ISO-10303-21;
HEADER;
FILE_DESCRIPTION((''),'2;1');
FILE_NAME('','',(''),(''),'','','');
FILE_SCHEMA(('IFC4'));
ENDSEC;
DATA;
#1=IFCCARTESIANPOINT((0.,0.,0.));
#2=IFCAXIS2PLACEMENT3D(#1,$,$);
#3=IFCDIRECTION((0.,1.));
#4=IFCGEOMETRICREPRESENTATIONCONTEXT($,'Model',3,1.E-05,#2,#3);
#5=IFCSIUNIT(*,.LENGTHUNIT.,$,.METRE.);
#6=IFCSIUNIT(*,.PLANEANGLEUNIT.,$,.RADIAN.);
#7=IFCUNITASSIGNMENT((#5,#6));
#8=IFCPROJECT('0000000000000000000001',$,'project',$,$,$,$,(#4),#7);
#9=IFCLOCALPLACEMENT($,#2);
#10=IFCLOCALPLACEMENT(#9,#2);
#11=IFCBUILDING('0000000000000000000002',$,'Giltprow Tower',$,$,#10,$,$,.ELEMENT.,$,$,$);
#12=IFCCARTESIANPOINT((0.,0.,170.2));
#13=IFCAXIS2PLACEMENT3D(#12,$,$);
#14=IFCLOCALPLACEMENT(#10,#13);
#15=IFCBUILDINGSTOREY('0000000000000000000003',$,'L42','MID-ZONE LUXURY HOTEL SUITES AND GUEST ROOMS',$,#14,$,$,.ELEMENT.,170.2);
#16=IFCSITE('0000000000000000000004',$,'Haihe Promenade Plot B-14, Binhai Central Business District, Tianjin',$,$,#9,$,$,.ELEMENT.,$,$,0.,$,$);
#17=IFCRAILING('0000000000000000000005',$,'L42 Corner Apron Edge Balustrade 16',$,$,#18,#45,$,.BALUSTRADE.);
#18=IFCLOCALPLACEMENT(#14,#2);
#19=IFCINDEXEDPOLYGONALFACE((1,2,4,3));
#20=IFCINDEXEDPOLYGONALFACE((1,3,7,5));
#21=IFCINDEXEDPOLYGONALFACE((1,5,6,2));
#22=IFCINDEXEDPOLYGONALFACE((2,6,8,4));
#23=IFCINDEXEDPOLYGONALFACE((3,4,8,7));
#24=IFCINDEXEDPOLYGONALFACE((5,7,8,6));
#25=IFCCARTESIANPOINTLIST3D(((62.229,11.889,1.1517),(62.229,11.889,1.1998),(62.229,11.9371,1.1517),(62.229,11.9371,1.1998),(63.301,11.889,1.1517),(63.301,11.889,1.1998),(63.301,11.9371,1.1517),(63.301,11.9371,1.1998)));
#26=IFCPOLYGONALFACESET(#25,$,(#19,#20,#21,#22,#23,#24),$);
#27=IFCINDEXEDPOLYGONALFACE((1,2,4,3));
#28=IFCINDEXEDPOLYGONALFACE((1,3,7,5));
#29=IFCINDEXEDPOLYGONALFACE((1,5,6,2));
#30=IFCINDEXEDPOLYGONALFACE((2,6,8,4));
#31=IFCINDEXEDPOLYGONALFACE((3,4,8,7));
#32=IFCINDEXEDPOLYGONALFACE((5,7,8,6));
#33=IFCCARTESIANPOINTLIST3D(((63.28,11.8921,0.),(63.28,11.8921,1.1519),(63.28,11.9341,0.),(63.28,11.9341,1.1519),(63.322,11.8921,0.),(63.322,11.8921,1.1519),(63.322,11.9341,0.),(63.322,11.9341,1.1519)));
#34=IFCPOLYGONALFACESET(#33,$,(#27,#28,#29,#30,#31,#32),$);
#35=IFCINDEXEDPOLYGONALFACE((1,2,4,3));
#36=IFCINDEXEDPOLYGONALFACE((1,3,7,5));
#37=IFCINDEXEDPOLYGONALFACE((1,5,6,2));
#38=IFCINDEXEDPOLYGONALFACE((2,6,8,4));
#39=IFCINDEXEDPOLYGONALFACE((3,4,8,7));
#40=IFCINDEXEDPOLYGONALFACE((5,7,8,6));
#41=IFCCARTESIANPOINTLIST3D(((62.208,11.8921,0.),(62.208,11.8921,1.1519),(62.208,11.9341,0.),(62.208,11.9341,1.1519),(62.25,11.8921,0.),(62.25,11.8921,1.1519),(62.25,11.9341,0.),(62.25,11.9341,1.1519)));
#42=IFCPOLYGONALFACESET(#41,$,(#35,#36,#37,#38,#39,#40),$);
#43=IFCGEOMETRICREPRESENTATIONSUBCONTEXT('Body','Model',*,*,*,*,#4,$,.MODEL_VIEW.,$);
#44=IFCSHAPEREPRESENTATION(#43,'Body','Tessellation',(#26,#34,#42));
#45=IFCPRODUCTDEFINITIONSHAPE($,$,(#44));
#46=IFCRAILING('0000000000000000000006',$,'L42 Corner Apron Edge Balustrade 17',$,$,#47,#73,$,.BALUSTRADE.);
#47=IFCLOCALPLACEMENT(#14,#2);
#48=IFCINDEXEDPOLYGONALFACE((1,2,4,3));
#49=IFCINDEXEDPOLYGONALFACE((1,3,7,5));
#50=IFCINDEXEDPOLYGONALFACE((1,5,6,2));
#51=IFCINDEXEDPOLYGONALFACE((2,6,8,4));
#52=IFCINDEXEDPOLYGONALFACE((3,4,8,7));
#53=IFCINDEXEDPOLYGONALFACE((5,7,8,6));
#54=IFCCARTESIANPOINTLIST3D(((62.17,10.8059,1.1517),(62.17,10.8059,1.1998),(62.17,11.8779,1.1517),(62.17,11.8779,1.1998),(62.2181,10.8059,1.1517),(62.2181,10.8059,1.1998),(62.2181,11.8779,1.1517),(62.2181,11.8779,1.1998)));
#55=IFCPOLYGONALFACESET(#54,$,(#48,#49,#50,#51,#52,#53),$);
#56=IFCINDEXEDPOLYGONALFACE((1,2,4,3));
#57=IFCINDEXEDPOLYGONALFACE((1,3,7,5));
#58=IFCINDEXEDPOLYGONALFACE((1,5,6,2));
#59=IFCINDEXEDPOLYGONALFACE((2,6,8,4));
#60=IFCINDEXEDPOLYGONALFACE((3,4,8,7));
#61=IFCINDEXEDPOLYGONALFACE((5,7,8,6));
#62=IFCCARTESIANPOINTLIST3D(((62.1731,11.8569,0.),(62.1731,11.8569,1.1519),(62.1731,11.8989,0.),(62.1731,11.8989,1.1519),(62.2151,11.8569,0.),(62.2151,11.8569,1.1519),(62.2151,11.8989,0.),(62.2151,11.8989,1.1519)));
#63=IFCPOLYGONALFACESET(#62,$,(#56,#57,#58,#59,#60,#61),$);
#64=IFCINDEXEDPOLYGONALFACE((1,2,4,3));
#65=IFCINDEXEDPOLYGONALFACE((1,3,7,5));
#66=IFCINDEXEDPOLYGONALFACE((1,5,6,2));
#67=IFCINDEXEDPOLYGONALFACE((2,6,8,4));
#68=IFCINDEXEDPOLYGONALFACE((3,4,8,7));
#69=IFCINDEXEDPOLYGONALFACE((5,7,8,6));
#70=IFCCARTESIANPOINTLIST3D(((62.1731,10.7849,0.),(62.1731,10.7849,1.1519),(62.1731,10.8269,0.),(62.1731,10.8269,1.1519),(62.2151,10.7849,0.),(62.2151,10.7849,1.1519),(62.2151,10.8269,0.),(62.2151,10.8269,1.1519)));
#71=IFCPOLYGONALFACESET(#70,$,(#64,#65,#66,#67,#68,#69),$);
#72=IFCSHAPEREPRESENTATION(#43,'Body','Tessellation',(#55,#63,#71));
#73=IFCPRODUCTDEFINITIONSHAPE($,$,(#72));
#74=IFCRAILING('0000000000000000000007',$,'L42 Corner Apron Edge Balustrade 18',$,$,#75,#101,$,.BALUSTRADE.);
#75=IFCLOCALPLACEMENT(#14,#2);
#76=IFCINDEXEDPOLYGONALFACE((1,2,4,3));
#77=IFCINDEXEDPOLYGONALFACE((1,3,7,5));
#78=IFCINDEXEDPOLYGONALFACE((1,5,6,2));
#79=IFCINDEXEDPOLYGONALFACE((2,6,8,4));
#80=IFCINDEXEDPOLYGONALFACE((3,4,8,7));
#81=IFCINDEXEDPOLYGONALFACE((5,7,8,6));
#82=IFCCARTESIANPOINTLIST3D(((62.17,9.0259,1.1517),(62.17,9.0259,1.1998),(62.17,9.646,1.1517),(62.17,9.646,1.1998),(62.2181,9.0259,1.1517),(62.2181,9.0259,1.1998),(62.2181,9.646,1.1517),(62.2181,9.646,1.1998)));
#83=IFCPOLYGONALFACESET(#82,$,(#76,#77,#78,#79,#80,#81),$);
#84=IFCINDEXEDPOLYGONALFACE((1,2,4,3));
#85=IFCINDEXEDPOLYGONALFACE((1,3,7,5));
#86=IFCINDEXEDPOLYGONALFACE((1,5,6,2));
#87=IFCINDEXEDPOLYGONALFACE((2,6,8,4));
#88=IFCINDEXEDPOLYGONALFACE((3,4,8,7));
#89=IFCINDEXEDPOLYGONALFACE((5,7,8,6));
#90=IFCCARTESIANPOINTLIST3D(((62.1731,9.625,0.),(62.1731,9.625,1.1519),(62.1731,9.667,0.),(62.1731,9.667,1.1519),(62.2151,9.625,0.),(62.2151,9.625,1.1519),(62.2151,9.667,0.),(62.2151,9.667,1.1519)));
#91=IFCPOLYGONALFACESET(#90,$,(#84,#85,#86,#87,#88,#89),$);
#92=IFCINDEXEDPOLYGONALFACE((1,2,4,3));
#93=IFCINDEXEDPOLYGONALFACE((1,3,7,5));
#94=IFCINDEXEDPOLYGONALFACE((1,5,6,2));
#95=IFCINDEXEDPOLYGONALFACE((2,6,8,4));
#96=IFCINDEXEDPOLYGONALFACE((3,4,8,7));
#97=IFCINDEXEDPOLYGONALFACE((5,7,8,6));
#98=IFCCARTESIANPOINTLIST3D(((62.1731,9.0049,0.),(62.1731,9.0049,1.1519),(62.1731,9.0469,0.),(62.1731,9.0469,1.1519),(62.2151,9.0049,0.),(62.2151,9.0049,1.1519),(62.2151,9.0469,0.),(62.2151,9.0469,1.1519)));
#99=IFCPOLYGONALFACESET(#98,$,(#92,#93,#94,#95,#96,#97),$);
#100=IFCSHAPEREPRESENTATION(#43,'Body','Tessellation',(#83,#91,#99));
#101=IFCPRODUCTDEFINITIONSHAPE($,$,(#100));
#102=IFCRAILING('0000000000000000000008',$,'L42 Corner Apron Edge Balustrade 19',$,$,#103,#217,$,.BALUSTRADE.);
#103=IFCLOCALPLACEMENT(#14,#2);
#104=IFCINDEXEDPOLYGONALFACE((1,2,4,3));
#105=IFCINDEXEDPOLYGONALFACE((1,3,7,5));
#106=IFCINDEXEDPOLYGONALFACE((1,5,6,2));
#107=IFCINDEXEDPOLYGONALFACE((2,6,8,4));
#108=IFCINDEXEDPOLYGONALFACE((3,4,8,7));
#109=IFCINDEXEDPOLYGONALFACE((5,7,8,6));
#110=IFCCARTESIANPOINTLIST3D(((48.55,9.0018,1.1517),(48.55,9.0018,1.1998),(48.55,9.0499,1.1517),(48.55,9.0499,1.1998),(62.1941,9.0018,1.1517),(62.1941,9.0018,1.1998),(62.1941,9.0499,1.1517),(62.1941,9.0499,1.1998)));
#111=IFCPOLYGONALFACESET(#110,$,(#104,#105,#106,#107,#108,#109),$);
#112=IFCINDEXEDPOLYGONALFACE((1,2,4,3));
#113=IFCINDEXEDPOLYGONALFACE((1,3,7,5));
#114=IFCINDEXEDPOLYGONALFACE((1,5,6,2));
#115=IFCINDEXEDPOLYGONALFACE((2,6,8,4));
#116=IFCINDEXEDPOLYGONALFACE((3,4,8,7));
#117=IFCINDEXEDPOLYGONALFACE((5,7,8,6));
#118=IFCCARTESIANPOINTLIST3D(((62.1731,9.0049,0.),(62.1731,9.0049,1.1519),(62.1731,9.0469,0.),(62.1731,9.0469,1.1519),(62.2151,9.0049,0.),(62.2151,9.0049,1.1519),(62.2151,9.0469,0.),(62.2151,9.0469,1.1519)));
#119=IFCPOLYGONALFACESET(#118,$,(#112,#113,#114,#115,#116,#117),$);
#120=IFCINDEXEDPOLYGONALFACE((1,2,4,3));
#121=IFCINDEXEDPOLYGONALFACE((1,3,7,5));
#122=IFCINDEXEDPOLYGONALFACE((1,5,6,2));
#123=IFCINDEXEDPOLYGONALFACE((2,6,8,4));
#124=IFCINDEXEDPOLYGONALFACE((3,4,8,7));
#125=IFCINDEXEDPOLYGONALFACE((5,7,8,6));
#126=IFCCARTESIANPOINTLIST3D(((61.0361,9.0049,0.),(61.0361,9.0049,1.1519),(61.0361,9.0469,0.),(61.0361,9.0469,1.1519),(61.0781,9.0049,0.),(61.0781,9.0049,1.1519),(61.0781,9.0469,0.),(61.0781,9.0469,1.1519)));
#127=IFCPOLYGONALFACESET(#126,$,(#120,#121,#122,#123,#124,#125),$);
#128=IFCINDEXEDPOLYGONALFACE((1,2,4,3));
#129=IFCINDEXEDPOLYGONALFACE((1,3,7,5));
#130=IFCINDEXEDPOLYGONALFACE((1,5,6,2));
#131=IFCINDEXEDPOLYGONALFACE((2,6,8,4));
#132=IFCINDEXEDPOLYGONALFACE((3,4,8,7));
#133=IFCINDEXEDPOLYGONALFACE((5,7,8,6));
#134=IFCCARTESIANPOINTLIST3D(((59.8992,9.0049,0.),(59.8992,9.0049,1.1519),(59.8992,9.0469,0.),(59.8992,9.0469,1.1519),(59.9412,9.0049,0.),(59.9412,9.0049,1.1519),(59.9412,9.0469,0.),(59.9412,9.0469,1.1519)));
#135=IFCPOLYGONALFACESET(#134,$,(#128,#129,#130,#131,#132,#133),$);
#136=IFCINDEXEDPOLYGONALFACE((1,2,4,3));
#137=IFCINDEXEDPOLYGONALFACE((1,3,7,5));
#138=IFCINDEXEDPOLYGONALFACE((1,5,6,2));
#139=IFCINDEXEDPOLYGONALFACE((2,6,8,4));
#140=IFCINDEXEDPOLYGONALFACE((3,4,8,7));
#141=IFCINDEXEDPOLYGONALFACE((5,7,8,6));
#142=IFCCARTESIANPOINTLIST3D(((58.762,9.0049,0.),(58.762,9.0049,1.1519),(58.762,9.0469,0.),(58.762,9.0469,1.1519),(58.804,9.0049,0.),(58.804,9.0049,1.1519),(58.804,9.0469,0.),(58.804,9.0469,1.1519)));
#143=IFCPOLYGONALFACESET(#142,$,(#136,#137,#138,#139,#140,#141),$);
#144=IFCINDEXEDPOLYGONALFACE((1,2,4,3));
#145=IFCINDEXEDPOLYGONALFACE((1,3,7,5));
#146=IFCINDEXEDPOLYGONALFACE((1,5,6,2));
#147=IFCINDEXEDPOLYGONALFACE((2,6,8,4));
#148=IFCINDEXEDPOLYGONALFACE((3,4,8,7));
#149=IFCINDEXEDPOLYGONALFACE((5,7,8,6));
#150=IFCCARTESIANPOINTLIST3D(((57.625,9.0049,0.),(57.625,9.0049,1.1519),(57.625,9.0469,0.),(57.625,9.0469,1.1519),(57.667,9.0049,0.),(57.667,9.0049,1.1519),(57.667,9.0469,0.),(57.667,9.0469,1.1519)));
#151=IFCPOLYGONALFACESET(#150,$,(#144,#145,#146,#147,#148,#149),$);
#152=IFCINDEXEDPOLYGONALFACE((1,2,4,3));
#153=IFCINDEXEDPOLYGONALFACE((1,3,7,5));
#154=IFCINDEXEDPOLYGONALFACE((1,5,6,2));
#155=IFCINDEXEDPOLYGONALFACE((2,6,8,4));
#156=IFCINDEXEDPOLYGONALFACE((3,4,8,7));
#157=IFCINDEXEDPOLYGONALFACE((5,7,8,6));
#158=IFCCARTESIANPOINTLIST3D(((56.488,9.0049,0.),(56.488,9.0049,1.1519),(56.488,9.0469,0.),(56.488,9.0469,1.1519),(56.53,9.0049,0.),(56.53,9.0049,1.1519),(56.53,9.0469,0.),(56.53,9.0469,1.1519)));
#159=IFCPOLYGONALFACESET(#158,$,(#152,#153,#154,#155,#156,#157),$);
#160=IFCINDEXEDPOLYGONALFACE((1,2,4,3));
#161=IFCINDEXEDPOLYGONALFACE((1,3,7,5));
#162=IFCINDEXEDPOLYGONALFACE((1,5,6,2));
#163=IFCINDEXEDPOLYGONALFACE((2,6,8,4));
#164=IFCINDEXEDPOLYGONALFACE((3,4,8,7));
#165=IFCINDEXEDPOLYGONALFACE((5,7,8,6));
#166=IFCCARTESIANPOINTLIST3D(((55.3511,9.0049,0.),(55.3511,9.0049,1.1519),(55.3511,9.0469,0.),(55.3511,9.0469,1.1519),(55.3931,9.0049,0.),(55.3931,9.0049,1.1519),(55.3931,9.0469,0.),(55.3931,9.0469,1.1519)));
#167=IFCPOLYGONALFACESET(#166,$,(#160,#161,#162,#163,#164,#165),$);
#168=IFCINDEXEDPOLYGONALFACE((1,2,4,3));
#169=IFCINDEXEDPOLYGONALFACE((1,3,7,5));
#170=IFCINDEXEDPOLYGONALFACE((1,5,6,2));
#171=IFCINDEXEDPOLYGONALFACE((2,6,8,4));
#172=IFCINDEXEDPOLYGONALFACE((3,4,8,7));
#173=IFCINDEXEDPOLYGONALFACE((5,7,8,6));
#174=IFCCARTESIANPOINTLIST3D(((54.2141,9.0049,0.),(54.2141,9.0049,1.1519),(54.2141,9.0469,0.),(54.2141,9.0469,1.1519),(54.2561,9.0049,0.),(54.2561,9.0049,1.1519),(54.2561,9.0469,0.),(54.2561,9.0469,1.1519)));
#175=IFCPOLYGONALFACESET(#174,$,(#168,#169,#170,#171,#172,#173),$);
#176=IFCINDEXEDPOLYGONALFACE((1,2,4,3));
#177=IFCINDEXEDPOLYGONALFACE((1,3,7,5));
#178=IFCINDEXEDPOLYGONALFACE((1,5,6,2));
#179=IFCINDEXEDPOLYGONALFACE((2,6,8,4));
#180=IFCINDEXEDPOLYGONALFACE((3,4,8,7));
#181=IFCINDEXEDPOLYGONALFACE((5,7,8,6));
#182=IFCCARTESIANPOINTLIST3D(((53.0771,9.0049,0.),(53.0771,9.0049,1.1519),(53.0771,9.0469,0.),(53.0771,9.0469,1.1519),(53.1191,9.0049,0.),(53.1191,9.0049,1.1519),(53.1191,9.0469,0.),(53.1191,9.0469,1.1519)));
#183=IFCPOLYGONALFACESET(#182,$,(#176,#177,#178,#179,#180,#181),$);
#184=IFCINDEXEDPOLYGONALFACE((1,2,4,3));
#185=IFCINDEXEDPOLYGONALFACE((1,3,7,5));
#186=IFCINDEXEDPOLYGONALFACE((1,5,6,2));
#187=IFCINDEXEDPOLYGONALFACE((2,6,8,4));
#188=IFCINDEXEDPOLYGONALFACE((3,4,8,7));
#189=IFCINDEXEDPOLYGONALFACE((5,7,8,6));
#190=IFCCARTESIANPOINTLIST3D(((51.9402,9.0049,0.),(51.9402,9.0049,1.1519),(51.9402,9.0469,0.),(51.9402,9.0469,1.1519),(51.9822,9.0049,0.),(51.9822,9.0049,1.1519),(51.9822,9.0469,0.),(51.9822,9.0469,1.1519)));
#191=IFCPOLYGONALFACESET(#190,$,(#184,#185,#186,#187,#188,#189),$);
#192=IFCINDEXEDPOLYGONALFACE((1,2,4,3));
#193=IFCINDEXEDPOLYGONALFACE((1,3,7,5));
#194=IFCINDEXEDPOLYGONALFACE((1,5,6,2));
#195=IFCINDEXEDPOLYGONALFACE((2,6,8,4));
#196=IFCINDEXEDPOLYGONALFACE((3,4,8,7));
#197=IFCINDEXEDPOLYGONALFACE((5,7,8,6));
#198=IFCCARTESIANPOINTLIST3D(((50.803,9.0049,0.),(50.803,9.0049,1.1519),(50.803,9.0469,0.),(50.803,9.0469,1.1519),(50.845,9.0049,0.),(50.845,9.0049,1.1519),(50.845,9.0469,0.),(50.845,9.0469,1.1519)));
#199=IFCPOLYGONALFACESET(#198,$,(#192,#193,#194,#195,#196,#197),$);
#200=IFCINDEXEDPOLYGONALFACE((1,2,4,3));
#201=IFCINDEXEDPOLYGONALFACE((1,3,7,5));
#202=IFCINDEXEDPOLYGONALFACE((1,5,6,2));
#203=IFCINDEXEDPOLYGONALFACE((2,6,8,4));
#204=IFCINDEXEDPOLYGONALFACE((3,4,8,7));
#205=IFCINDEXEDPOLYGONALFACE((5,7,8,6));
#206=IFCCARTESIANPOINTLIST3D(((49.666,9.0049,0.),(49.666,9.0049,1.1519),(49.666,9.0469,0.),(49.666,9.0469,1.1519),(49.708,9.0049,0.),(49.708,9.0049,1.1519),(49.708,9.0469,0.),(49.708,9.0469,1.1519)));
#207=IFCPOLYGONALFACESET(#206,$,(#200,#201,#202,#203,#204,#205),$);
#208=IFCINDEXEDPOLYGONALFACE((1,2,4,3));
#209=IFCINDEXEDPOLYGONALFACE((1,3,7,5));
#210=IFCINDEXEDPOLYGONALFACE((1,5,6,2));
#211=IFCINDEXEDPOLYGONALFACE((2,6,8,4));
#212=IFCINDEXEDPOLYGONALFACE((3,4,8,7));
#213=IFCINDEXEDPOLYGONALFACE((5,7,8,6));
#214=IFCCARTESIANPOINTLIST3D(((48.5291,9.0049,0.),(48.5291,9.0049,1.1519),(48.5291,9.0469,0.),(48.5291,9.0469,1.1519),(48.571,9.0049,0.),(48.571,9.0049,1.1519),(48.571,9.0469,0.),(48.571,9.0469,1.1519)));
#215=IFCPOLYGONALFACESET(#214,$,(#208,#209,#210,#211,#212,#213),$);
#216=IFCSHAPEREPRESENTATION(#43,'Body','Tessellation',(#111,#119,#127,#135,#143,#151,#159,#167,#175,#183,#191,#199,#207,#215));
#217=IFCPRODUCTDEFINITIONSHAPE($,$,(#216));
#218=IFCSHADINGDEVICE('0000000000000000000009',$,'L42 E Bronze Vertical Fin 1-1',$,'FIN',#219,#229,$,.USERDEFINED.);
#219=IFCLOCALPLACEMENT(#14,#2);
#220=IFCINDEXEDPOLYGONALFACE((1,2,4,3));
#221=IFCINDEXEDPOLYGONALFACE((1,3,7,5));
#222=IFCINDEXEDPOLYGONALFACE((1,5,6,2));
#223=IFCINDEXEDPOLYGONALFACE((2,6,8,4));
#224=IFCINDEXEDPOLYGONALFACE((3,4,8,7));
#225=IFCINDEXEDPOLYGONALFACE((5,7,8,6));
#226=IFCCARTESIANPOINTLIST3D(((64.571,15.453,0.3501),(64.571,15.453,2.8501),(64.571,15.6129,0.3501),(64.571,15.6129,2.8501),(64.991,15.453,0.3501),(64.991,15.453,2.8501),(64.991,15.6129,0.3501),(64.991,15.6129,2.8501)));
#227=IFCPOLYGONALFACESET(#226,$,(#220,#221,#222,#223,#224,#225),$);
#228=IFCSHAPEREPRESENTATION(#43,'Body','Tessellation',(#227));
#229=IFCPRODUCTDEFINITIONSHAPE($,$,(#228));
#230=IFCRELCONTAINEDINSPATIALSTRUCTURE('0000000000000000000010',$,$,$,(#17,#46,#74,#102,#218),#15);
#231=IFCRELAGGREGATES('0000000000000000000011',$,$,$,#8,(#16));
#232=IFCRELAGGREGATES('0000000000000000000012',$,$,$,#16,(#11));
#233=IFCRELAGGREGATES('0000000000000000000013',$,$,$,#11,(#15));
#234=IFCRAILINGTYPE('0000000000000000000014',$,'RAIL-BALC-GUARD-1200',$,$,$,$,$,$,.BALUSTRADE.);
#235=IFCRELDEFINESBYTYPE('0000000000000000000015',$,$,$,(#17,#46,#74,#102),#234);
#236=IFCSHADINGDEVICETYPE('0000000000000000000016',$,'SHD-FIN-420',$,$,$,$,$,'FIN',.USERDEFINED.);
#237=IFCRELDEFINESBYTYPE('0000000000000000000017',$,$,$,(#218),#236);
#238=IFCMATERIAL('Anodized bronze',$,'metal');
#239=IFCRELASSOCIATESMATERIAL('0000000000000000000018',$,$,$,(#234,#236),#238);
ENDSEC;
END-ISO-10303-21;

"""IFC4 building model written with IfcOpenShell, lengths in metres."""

from ifc_helpers import new_model, si_unit, direction, frame, origin, origin_2d, place, context, subcontext, project, spatial, rectangle, extrude, source, transform, mapped, material, type_object, element, save


model = new_model("IFC4")

# Units and contexts
model_context = context("Model", 3, precision=1e-05, world=origin(), true_north=direction((0.0, 1.0)))
body_context = subcontext(model_context, "Body", "Model", "MODEL_VIEW")
ifc_project = project(units=[si_unit("LENGTHUNIT", "METRE"), si_unit("PLANEANGLEUNIT", "RADIAN")], contexts=[model_context])

# Site, building, storey
site_placement = place(None, origin())
site = spatial("IfcSite", under=ifc_project, at=site_placement, Name="Haihe Promenade Plot B-14, Binhai Central Business District, Tianjin", CompositionType="ELEMENT", RefElevation=0.0)
building_placement = place(site_placement, origin())
building = spatial("IfcBuilding", under=site, at=building_placement, Name="Giltprow Tower", CompositionType="ELEMENT")
storey_placement = place(building_placement, frame((0.0, 0.0, 170.2)))
storey = spatial("IfcBuildingStorey", under=building, at=storey_placement, Name="L42", Description="MID-ZONE LUXURY HOTEL SUITES AND GUEST ROOMS", CompositionType="ELEMENT", Elevation=170.2)

# Shared definitions
ifc_material_1 = material(Name="Anodized bronze", Category="metal")

# Railings
railing_type = type_object("IfcRailingType", Name="RAIL-BALC-GUARD-1200", PredefinedType="BALUSTRADE", material=ifc_material_1)
railing_1_placement = place(storey_placement, frame((63.301, 11.9131, 0.0)))
element("IfcRailing", 1, at=railing_1_placement, inside=storey, type_object=railing_type, Name="L42 Corner Apron Edge Balustrade 16", PredefinedType="BALUSTRADE", context=body_context, shape_type="SweptSolid", body=[
    extrude(rectangle(XDim=0.0481, YDim=0.0481, at=origin_2d()), frame((0.0, 0.0, 1.1758), z_axis=(-1.0, 0.0, 0.0), x_axis=(0.0, -1.0, 0.0)), (0.0, 0.0, 1.0), 1.072),
    extrude(rectangle(XDim=0.042, YDim=0.042, at=origin_2d()), origin(), (0.0, 0.0, 1.0), 1.1519),
    extrude(rectangle(XDim=0.042, YDim=0.042, at=origin_2d()), frame((-1.072, 0.0, 0.0)), (0.0, 0.0, 1.0), 1.1519),
])
railing_2_placement = place(storey_placement, frame((62.1941, 11.8779, 0.0)))
element("IfcRailing", 2, at=railing_2_placement, inside=storey, type_object=railing_type, Name="L42 Corner Apron Edge Balustrade 17", PredefinedType="BALUSTRADE", context=body_context, shape_type="SweptSolid", body=[
    extrude(rectangle(XDim=0.0481, YDim=0.0481, at=origin_2d()), frame((0.0, 0.0, 1.1758), z_axis=(0.0, -1.0, 0.0), x_axis=(1.0, 0.0, 0.0)), (0.0, 0.0, 1.0), 1.072),
    extrude(rectangle(XDim=0.042, YDim=0.042, at=origin_2d()), origin(), (0.0, 0.0, 1.0), 1.1519),
    extrude(rectangle(XDim=0.042, YDim=0.042, at=origin_2d()), frame((0.0, -1.072, 0.0)), (0.0, 0.0, 1.0), 1.1519),
])
railing_3_placement = place(storey_placement, frame((62.1941, 9.646, 0.0)))
element("IfcRailing", 3, at=railing_3_placement, inside=storey, type_object=railing_type, Name="L42 Corner Apron Edge Balustrade 18", PredefinedType="BALUSTRADE", context=body_context, shape_type="SweptSolid", body=[
    extrude(rectangle(XDim=0.0481, YDim=0.0481, at=origin_2d()), frame((0.0, 0.0, 1.1758), z_axis=(0.0, -1.0, 0.0), x_axis=(1.0, 0.0, 0.0)), (0.0, 0.0, 1.0), 0.6201),
    extrude(rectangle(XDim=0.042, YDim=0.042, at=origin_2d()), origin(), (0.0, 0.0, 1.0), 1.1519),
    extrude(rectangle(XDim=0.042, YDim=0.042, at=origin_2d()), frame((0.0, -0.6201, 0.0)), (0.0, 0.0, 1.0), 1.1519),
])
railing_4_placement = place(storey_placement, frame((62.1941, 9.0259, 0.0)))
element("IfcRailing", 4, at=railing_4_placement, inside=storey, type_object=railing_type, Name="L42 Corner Apron Edge Balustrade 19", PredefinedType="BALUSTRADE", context=body_context, shape_type="SweptSolid", body=[
    extrude(rectangle(XDim=0.0481, YDim=0.0481, at=origin_2d()), frame((0.0, 0.0, 1.1758), z_axis=(-1.0, 0.0, 0.0), x_axis=(0.0, -1.0, 0.0)), (0.0, 0.0, 1.0), 13.644),
    extrude(rectangle(XDim=0.042, YDim=0.042, at=origin_2d()), origin(), (0.0, 0.0, 1.0), 1.1519),
    extrude(rectangle(XDim=0.042, YDim=0.042, at=origin_2d()), frame((-1.137, 0.0, 0.0)), (0.0, 0.0, 1.0), 1.1519),
    extrude(rectangle(XDim=0.042, YDim=0.042, at=origin_2d()), frame((-2.2739, 0.0, 0.0)), (0.0, 0.0, 1.0), 1.1519),
    extrude(rectangle(XDim=0.042, YDim=0.042, at=origin_2d()), frame((-3.4111, 0.0, 0.0)), (0.0, 0.0, 1.0), 1.1519),
    extrude(rectangle(XDim=0.042, YDim=0.042, at=origin_2d()), frame((-4.5481, 0.0, 0.0)), (0.0, 0.0, 1.0), 1.1519),
    extrude(rectangle(XDim=0.042, YDim=0.042, at=origin_2d()), frame((-5.6851, 0.0, 0.0)), (0.0, 0.0, 1.0), 1.1519),
    extrude(rectangle(XDim=0.042, YDim=0.042, at=origin_2d()), frame((-6.822, 0.0, 0.0)), (0.0, 0.0, 1.0), 1.1519),
    extrude(rectangle(XDim=0.042, YDim=0.042, at=origin_2d()), frame((-7.959, 0.0, 0.0)), (0.0, 0.0, 1.0), 1.1519),
    extrude(rectangle(XDim=0.042, YDim=0.042, at=origin_2d()), frame((-9.0959, 0.0, 0.0)), (0.0, 0.0, 1.0), 1.1519),
    extrude(rectangle(XDim=0.042, YDim=0.042, at=origin_2d()), frame((-10.2329, 0.0, 0.0)), (0.0, 0.0, 1.0), 1.1519),
    extrude(rectangle(XDim=0.042, YDim=0.042, at=origin_2d()), frame((-11.3701, 0.0, 0.0)), (0.0, 0.0, 1.0), 1.1519),
    extrude(rectangle(XDim=0.042, YDim=0.042, at=origin_2d()), frame((-12.5071, 0.0, 0.0)), (0.0, 0.0, 1.0), 1.1519),
    extrude(rectangle(XDim=0.042, YDim=0.042, at=origin_2d()), frame((-13.644, 0.0, 0.0)), (0.0, 0.0, 1.0), 1.1519),
])

# Shading device
shading_device_type = type_object("IfcShadingDeviceType", Name="SHD-FIN-420", ElementType="FIN", PredefinedType="USERDEFINED", material=ifc_material_1)
shared_shape_1 = source(origin(), body_context, "Body", "SweptSolid", [
    extrude(rectangle(XDim=0.4199, YDim=0.1599, at=origin_2d()), origin(), (0.0, 0.0, 1.0), 2.5),
])
shading_device_placement = place(storey_placement, frame((64.781, 15.533, 0.3501), z_axis=(0.0, 0.0, 1.0), x_axis=(1.0, 0.0, 0.0)))
element("IfcShadingDevice", 5, at=shading_device_placement, inside=storey, type_object=shading_device_type, Name="L42 E Bronze Vertical Fin 1-1", ObjectType="FIN", PredefinedType="USERDEFINED", context=body_context, shape_type="MappedRepresentation", body=[
    mapped(shared_shape_1, transform((0.0, 0.0, 0.0), x_axis=(1.0, 0.0, 0.0), y_axis=(0.0, 1.0, 0.0), z_axis=(0.0, 0.0, 1.0), scale=1.0)),
])

save(model, "model.ifc")
